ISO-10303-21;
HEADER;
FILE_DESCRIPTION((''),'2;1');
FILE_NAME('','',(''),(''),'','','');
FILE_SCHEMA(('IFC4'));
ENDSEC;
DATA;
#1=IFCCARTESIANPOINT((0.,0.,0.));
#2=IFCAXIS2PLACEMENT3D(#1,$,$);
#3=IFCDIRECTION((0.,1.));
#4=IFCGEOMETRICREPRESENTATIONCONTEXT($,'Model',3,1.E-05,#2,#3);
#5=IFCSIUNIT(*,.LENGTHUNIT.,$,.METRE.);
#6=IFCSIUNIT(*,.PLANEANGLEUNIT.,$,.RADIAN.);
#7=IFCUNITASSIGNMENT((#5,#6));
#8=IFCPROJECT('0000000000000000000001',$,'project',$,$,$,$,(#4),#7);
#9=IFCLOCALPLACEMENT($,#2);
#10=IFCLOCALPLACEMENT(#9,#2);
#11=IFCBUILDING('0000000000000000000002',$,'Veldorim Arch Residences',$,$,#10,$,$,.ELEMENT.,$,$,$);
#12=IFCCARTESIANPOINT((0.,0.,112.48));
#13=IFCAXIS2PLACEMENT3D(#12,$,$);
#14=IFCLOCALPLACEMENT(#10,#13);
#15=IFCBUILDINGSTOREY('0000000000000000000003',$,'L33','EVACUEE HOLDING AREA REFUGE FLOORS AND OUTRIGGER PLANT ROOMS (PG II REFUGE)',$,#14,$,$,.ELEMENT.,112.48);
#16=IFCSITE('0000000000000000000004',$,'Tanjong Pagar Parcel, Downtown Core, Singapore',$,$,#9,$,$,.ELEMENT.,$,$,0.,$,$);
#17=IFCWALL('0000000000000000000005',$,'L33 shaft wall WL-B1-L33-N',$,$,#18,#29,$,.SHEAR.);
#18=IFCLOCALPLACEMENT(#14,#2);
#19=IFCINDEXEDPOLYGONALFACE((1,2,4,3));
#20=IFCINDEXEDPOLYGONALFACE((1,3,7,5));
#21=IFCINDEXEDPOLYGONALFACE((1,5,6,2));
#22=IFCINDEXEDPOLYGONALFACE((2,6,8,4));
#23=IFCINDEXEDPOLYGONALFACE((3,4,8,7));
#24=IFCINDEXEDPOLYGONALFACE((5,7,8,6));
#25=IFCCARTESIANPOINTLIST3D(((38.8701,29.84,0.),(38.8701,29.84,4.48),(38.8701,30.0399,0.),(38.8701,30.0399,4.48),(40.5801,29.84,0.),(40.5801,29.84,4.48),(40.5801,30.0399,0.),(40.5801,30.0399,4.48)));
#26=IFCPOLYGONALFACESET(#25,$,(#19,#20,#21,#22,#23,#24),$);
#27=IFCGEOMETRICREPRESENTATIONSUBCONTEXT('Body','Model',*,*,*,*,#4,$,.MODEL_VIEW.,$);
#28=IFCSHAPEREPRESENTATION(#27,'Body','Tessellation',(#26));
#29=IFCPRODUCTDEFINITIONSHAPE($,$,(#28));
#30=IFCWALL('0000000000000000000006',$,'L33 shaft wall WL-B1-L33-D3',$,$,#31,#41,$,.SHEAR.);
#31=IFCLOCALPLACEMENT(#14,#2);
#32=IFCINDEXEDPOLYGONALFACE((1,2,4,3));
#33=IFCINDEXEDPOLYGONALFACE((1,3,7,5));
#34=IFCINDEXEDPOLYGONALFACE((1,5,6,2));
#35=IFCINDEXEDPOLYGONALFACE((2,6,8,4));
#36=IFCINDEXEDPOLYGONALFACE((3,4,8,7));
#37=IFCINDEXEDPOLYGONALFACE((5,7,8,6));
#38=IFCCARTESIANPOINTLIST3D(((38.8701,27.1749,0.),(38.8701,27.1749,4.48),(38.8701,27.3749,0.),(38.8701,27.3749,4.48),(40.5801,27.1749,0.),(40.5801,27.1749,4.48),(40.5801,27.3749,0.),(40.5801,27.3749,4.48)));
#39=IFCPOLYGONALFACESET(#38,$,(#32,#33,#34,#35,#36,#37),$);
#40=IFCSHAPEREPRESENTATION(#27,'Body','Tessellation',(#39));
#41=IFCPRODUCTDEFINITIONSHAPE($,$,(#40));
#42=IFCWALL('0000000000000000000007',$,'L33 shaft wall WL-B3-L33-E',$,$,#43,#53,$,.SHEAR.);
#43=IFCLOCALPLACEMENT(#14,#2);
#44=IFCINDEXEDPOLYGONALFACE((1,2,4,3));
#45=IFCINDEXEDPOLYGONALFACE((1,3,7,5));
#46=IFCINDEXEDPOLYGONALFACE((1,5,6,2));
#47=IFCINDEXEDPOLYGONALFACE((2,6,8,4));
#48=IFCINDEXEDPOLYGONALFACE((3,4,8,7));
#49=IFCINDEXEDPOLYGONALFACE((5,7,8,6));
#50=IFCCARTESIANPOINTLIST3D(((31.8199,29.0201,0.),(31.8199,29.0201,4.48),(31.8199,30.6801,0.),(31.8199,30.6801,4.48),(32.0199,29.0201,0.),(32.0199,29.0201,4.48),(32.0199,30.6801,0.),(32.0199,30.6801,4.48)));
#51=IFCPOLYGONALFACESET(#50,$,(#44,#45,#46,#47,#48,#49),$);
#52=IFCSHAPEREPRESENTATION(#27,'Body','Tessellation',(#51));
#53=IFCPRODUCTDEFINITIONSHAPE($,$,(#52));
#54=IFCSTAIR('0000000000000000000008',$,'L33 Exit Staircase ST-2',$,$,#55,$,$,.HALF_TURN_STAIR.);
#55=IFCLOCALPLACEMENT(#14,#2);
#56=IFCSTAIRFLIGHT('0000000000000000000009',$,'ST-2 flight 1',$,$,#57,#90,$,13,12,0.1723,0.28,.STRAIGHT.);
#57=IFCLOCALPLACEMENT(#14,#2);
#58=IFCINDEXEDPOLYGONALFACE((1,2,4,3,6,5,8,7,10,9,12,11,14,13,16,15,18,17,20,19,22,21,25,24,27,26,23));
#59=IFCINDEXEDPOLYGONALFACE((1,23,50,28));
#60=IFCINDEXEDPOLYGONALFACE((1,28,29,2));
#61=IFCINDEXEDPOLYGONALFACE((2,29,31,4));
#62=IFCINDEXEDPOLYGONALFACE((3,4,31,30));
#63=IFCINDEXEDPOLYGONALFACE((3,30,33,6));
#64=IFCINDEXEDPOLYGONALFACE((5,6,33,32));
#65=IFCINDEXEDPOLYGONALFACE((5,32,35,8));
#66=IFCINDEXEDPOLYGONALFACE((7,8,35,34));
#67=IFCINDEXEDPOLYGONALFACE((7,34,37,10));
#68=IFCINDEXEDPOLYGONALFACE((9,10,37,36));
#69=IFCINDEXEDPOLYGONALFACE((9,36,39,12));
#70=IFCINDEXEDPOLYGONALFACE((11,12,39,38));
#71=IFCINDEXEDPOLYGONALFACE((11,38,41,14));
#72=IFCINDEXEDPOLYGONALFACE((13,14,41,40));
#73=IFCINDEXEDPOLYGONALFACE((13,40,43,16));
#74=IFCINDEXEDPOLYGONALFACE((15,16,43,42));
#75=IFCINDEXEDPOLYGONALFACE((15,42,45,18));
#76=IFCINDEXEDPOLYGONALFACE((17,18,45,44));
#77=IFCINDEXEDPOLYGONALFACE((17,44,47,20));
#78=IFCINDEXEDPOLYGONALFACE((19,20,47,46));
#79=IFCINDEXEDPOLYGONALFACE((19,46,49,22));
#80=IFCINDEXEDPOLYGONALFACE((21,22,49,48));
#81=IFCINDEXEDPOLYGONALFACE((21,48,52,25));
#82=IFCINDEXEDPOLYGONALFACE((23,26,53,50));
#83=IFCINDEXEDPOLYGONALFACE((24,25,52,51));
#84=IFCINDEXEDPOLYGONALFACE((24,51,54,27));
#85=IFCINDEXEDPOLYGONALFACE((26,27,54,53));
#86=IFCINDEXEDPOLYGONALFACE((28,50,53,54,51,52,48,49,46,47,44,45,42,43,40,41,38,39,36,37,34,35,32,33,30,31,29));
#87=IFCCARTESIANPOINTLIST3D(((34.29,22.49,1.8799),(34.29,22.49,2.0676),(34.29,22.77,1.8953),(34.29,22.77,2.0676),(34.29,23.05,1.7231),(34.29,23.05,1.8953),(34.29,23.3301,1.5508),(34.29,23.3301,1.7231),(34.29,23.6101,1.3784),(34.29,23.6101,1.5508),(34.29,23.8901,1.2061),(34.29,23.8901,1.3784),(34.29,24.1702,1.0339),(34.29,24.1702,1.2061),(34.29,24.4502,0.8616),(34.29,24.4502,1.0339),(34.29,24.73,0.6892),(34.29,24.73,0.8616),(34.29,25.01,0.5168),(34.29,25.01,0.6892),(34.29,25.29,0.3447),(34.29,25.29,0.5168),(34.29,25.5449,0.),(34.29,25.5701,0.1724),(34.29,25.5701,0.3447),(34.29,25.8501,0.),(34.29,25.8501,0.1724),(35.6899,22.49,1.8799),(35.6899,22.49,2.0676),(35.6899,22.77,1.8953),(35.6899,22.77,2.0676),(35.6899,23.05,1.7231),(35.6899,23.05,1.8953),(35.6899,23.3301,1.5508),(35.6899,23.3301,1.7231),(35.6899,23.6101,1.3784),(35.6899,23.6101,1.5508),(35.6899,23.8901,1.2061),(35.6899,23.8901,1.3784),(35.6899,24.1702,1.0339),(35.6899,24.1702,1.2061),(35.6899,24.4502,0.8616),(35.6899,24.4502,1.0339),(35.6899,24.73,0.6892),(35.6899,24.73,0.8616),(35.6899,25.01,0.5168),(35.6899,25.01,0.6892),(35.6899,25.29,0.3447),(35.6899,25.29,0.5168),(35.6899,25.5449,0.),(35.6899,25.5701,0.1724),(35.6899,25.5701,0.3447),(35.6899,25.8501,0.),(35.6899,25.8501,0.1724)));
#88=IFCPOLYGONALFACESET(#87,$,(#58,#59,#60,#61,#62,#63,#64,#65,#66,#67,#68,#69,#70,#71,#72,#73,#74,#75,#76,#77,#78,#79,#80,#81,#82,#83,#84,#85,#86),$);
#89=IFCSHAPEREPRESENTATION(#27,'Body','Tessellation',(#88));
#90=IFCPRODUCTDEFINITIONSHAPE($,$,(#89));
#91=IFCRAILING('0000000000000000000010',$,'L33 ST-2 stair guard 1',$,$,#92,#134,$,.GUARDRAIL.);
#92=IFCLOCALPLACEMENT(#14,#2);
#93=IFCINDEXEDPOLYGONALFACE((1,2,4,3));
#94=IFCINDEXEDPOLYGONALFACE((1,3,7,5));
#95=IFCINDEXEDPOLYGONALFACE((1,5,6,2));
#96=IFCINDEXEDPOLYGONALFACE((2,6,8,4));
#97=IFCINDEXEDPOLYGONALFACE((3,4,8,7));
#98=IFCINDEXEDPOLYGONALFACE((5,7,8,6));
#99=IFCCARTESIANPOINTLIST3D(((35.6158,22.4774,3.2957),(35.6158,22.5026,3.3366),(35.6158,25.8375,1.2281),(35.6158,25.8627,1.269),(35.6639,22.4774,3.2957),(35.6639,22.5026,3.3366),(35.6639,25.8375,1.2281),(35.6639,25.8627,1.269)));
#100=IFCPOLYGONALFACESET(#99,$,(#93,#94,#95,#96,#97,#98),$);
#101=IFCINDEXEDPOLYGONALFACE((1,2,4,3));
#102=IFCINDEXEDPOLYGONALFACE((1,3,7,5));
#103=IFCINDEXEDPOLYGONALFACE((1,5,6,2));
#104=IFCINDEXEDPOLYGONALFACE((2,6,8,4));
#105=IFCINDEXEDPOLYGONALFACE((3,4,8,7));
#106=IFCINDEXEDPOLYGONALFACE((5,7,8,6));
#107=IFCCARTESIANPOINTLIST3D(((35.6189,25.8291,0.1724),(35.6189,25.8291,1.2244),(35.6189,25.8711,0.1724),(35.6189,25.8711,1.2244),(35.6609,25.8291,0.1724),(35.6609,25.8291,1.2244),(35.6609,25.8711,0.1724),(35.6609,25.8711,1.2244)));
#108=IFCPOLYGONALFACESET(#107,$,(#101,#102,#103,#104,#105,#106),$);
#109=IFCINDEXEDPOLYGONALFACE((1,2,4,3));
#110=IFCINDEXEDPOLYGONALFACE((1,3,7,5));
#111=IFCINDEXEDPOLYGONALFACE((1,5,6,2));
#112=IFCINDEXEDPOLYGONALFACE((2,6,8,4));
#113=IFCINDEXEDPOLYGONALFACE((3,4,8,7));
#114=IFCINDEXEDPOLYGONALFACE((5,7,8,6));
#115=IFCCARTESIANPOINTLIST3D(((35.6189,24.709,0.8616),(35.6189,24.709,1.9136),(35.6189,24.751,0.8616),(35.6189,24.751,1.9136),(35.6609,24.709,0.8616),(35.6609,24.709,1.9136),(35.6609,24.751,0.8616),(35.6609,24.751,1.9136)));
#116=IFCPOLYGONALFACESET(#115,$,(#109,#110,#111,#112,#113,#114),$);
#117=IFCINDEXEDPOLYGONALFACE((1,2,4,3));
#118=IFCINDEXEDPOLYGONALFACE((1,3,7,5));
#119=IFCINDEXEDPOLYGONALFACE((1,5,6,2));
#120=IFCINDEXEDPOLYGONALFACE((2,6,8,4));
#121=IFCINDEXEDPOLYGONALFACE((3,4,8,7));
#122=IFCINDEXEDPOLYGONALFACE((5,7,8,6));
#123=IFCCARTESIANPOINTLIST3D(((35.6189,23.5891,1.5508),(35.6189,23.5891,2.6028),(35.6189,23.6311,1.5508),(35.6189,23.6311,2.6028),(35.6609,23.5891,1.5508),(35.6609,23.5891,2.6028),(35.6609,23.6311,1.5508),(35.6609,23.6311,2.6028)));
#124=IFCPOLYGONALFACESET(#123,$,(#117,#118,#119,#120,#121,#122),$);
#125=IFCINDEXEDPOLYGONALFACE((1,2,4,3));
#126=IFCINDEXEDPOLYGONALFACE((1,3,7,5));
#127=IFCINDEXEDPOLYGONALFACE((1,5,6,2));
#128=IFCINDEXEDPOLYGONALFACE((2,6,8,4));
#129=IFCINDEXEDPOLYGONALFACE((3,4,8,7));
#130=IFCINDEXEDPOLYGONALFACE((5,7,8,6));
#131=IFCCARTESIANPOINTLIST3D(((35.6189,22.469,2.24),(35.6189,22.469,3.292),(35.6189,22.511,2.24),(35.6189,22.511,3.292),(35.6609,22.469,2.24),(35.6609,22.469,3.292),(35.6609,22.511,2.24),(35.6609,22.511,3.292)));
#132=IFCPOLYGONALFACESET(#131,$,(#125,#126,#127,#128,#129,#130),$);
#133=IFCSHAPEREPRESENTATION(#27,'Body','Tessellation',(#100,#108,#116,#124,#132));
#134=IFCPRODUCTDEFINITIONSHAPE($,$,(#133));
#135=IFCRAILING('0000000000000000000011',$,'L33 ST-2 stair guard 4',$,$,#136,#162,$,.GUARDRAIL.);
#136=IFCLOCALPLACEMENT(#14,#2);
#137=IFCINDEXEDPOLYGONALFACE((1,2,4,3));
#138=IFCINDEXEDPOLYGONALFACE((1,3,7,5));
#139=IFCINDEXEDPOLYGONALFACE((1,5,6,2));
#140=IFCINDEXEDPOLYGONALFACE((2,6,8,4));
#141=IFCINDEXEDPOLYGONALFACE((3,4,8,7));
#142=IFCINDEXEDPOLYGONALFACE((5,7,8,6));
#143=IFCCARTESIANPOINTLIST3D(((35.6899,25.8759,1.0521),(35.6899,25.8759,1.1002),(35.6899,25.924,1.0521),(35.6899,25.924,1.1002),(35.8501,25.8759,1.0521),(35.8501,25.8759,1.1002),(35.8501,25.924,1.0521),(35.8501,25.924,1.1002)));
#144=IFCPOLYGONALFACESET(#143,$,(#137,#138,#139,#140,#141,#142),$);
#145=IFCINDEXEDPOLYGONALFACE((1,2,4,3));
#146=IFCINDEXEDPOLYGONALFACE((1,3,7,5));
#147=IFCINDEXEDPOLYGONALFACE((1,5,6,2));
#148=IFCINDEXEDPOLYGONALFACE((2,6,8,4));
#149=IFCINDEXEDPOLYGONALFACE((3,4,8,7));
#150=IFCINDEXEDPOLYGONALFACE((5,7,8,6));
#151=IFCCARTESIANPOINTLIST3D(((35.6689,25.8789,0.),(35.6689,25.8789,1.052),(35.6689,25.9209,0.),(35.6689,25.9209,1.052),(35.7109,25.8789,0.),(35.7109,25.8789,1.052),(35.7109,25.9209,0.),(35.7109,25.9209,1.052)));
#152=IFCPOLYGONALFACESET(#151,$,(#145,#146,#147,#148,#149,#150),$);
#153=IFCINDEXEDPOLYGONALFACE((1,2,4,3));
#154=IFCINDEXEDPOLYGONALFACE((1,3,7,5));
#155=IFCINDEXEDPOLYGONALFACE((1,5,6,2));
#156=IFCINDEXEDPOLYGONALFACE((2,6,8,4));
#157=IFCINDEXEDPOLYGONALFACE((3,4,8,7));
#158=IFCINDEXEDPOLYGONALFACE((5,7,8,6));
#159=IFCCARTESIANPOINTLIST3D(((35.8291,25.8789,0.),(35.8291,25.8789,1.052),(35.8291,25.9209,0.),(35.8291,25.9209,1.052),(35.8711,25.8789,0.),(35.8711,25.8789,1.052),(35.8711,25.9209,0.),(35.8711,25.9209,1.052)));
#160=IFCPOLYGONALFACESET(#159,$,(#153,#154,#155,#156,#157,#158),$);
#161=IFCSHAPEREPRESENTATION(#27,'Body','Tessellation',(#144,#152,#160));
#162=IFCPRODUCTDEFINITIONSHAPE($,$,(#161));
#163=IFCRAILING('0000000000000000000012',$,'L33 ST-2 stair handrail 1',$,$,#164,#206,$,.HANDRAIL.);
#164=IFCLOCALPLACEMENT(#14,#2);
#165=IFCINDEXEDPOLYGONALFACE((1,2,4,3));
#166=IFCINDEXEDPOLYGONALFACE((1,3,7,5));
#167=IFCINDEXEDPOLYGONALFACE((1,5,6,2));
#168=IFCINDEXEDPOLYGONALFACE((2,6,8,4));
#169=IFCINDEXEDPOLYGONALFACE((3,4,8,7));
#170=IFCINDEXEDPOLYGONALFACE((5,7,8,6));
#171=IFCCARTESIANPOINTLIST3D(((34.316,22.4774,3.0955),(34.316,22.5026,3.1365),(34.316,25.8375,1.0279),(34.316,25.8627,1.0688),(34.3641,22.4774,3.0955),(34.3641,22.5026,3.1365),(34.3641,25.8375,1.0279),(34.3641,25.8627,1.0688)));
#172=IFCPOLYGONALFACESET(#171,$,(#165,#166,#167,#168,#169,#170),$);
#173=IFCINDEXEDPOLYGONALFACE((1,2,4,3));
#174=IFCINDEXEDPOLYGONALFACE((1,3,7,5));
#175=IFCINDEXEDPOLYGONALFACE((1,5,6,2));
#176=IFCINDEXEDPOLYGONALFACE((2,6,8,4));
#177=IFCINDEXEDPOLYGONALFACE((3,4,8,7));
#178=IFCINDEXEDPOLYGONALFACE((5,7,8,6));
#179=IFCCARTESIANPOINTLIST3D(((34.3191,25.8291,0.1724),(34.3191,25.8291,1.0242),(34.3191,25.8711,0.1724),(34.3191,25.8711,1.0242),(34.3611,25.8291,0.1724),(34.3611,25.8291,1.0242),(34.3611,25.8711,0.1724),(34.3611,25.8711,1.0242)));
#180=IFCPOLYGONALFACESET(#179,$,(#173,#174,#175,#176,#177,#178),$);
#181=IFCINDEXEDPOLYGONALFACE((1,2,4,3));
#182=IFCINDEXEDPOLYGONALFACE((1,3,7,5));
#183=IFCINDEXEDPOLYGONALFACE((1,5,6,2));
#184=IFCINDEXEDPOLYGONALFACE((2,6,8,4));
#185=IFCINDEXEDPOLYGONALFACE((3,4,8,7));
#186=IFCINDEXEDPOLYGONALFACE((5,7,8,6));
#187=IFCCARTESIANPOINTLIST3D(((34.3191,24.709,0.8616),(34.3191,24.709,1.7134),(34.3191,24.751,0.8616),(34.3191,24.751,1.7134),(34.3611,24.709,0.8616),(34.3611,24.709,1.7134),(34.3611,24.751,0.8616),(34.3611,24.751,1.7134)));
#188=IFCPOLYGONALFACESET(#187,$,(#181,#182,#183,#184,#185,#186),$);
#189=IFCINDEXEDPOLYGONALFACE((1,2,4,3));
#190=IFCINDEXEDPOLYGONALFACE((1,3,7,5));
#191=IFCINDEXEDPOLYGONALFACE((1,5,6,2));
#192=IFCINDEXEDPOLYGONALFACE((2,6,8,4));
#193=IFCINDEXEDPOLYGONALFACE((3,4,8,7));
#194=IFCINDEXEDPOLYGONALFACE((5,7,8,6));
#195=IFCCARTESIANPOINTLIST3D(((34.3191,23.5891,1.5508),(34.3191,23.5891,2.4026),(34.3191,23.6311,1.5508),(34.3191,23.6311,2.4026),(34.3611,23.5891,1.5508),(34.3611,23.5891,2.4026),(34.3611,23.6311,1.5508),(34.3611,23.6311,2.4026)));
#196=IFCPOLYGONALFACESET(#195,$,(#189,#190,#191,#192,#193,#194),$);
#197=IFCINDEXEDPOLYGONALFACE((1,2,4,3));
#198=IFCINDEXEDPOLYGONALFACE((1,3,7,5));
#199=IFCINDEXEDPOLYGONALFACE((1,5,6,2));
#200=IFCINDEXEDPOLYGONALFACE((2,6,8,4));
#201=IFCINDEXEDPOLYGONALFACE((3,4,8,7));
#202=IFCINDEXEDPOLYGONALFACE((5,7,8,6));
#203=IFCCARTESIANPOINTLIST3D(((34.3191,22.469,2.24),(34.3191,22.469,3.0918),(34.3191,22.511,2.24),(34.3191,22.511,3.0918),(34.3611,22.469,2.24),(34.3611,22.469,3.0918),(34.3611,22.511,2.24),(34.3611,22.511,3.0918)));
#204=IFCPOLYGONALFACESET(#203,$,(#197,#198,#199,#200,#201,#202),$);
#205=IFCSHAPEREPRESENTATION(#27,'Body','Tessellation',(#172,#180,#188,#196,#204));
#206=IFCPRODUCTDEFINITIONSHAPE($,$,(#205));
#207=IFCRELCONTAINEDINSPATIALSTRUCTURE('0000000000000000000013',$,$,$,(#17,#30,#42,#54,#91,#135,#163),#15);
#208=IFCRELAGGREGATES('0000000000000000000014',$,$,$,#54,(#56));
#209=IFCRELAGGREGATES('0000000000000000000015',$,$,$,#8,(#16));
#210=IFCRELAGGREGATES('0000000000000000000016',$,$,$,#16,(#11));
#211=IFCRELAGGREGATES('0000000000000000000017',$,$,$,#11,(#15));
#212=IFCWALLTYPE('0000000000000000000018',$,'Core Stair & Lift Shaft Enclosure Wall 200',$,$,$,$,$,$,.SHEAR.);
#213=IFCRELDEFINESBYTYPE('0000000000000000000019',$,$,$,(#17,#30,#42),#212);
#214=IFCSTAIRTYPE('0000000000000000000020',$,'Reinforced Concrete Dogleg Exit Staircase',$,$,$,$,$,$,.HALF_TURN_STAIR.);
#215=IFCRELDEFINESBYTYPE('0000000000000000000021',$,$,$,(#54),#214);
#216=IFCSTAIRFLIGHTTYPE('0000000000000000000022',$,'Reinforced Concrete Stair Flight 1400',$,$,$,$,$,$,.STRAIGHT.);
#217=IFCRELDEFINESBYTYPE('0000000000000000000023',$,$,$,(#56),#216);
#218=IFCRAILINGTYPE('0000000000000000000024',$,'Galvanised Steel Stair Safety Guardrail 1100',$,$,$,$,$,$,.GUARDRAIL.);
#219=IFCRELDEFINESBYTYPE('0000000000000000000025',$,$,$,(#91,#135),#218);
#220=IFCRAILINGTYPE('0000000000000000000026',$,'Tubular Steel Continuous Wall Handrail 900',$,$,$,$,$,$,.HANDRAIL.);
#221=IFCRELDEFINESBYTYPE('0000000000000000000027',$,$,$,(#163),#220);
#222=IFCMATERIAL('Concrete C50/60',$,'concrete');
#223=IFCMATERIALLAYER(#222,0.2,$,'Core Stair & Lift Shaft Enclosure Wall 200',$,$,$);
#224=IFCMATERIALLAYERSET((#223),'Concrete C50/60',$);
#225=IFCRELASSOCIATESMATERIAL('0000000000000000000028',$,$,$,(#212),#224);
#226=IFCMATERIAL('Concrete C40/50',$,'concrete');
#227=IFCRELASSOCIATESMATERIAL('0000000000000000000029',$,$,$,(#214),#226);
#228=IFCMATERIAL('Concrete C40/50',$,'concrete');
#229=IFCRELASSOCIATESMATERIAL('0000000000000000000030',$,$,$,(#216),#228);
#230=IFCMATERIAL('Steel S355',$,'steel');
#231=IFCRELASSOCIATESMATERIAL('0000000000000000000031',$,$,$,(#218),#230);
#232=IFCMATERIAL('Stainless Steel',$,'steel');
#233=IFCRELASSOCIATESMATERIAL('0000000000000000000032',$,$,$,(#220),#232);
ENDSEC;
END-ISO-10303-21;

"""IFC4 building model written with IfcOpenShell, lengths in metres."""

from ifc_helpers import new_model, si_unit, direction, frame, frame_2d, origin, origin_2d, place, context, subcontext, project, spatial, polyline, rectangle, outline, extrude, material, layer, layer_set, type_object, element, aggregate, save


model = new_model("IFC4")

# Units and contexts
model_context = context("Model", 3, precision=1e-05, world=origin(), true_north=direction((0.0, 1.0)))
body_context = subcontext(model_context, "Body", "Model", "MODEL_VIEW")
ifc_project = project(units=[si_unit("LENGTHUNIT", "METRE"), si_unit("PLANEANGLEUNIT", "RADIAN")], contexts=[model_context])

# Site, building, storey
site_placement = place(None, origin())
site = spatial("IfcSite", under=ifc_project, at=site_placement, Name="Tanjong Pagar Parcel, Downtown Core, Singapore", CompositionType="ELEMENT", RefElevation=0.0)
building_placement = place(site_placement, origin())
building = spatial("IfcBuilding", under=site, at=building_placement, Name="Veldorim Arch Residences", CompositionType="ELEMENT")
storey_placement = place(building_placement, frame((0.0, 0.0, 112.48)))
storey = spatial("IfcBuildingStorey", under=building, at=storey_placement, Name="L33", Description="EVACUEE HOLDING AREA REFUGE FLOORS AND OUTRIGGER PLANT ROOMS (PG II REFUGE)", CompositionType="ELEMENT", Elevation=112.48)

# Shared definitions
ifc_material_1 = material(Name="Concrete C50/60", Category="concrete")
ifc_layer = layer(ifc_material_1, 0.2, Name="Core Stair & Lift Shaft Enclosure Wall 200")
ifc_layer_set = layer_set([ifc_layer], Name="Concrete C50/60")
wall_type = type_object("IfcWallType", Name="Core Stair & Lift Shaft Enclosure Wall 200", PredefinedType="SHEAR", material=ifc_layer_set)

# Walls
for number, where, z_axis, x_axis, name in (
    (1, (38.8701, 29.9399, 0.0), (0.0, 0.0, 1.0), (1.0, 0.0, 0.0), "L33 shaft wall WL-B1-L33-N"),
    (2, (38.8701, 27.2749, 0.0), (0.0, 0.0, 1.0), (1.0, 0.0, 0.0), "L33 shaft wall WL-B1-L33-D3"),
):
    element("IfcWall", number, at=place(storey_placement, frame(where, z_axis=z_axis, x_axis=x_axis)), inside=storey, type_object=wall_type, Name=name, PredefinedType="SHEAR", context=body_context, shape_type="SweptSolid", body=[
        extrude(rectangle(XDim=1.71, YDim=0.2, at=frame_2d((0.855, 0.0))), origin(), (0.0, 0.0, 1.0), 4.48),
    ])
wall_1_placement = place(storey_placement, frame((31.9199, 29.02, 0.0), z_axis=(0.0, 0.0, 1.0), x_axis=(0.0, 1.0, 0.0)))
element("IfcWall", 3, at=wall_1_placement, inside=storey, type_object=wall_type, Name="L33 shaft wall WL-B3-L33-E", PredefinedType="SHEAR", context=body_context, shape_type="SweptSolid", body=[
    extrude(rectangle(XDim=1.6599, YDim=0.2, at=frame_2d((0.8301, 0.0))), origin(), (0.0, 0.0, 1.0), 4.48),
])

# Stair, stair flight
ifc_material_2 = material(Name="Concrete C40/50", Category="concrete")
stair_type = type_object("IfcStairType", Name="Reinforced Concrete Dogleg Exit Staircase", PredefinedType="HALF_TURN_STAIR", material=ifc_material_2)
stair_placement = place(storey_placement, origin())
stair = element("IfcStair", 4, at=stair_placement, inside=storey, type_object=stair_type, Name="L33 Exit Staircase ST-2", PredefinedType="HALF_TURN_STAIR")
ifc_material_3 = material(Name="Concrete C40/50", Category="concrete")
stair_flight_type = type_object("IfcStairFlightType", Name="Reinforced Concrete Stair Flight 1400", PredefinedType="STRAIGHT", material=ifc_material_3)
stair_flight_placement = place(storey_placement, frame((34.99, 25.8501, 0.0), z_axis=(0.0, 0.0, 1.0), x_axis=(0.0, -1.0, 0.0)))
stair_flight = element("IfcStairFlight", 5, at=stair_flight_placement, type_object=stair_flight_type, Name="ST-2 flight 1", NumberOfRisers=13, NumberOfTreads=12, PredefinedType="STRAIGHT", RiserHeight=0.1723, TreadLength=0.28, context=body_context, shape_type="SweptSolid", body=[
    extrude(outline(polyline([(0.0, 0.0), (0.0, 0.1724), (0.28, 0.1724), (0.28, 0.3447), (0.5601, 0.3447), (0.5601, 0.5168), (0.8401, 0.5168), (0.8401, 0.6892), (1.1201, 0.6892), (1.1201, 0.8616), (1.3999, 0.8616), (1.3999, 1.0339), (1.6799, 1.0339), (1.6799, 1.2061), (1.96, 1.2061), (1.96, 1.3784), (2.24, 1.3784), (2.24, 1.5508), (2.52, 1.5508), (2.52, 1.7231), (2.8, 1.7231), (2.8, 1.8953), (3.0801, 1.8953), (3.0801, 2.0676), (3.3601, 2.0676), (3.3601, 2.24), (3.3601, 1.8799), (0.3052, 0.0), (0.0, 0.0)])), frame((0.0, 0.7, 0.0), z_axis=(0.0, -1.0, 0.0), x_axis=(1.0, 0.0, 0.0)), (0.0, 0.0, 1.0), 1.3999),
])
aggregate(stair, [stair_flight])

# Railings
ifc_material_4 = material(Name="Steel S355", Category="steel")
railing_type_1 = type_object("IfcRailingType", Name="Galvanised Steel Stair Safety Guardrail 1100", PredefinedType="GUARDRAIL", material=ifc_material_4)
railing_1_placement = place(storey_placement, frame((35.6399, 25.8501, 0.1724)))
element("IfcRailing", 6, at=railing_1_placement, inside=storey, type_object=railing_type_1, Name="L33 ST-2 stair guard 1", PredefinedType="GUARDRAIL", context=body_context, shape_type="SweptSolid", body=[
    extrude(rectangle(XDim=0.0481, YDim=0.0481, at=origin_2d()), frame((0.0, 0.0, 1.0762), z_axis=(0.0, -0.851673, 0.524073), x_axis=(1.0, 0.0, 0.0)), (0.0, 0.0, 1.0), 3.9453),
    extrude(rectangle(XDim=0.042, YDim=0.042, at=origin_2d()), origin(), (0.0, 0.0, 1.0), 1.052),
    extrude(rectangle(XDim=0.042, YDim=0.042, at=origin_2d()), frame((0.0, -1.1201, 0.6892)), (0.0, 0.0, 1.0), 1.052),
    extrude(rectangle(XDim=0.042, YDim=0.042, at=origin_2d()), frame((0.0, -2.24, 1.3784)), (0.0, 0.0, 1.0), 1.052),
    extrude(rectangle(XDim=0.042, YDim=0.042, at=origin_2d()), frame((0.0, -3.3601, 2.0676)), (0.0, 0.0, 1.0), 1.052),
])
railing_2_placement = place(storey_placement, frame((35.6899, 25.8999, 0.0)))
element("IfcRailing", 7, at=railing_2_placement, inside=storey, type_object=railing_type_1, Name="L33 ST-2 stair guard 4", PredefinedType="GUARDRAIL", context=body_context, shape_type="SweptSolid", body=[
    extrude(rectangle(XDim=0.0481, YDim=0.0481, at=origin_2d()), frame((0.0, 0.0, 1.0762), z_axis=(1.0, 0.0, 0.0), x_axis=(0.0, 1.0, 0.0)), (0.0, 0.0, 1.0), 0.1602),
    extrude(rectangle(XDim=0.042, YDim=0.042, at=origin_2d()), origin(), (0.0, 0.0, 1.0), 1.052),
    extrude(rectangle(XDim=0.042, YDim=0.042, at=origin_2d()), frame((0.1602, 0.0, 0.0)), (0.0, 0.0, 1.0), 1.052),
])
ifc_material_5 = material(Name="Stainless Steel", Category="steel")
railing_type_2 = type_object("IfcRailingType", Name="Tubular Steel Continuous Wall Handrail 900", PredefinedType="HANDRAIL", material=ifc_material_5)
railing_3_placement = place(storey_placement, frame((34.3401, 25.8501, 0.1724)))
element("IfcRailing", 8, at=railing_3_placement, inside=storey, type_object=railing_type_2, Name="L33 ST-2 stair handrail 1", PredefinedType="HANDRAIL", context=body_context, shape_type="SweptSolid", body=[
    extrude(rectangle(XDim=0.0481, YDim=0.0481, at=origin_2d()), frame((0.0, 0.0, 0.876), z_axis=(0.0, -0.851673, 0.524073), x_axis=(1.0, 0.0, 0.0)), (0.0, 0.0, 1.0), 3.9453),
    extrude(rectangle(XDim=0.042, YDim=0.042, at=origin_2d()), origin(), (0.0, 0.0, 1.0), 0.8518),
    extrude(rectangle(XDim=0.042, YDim=0.042, at=origin_2d()), frame((0.0, -1.1201, 0.6892)), (0.0, 0.0, 1.0), 0.8518),
    extrude(rectangle(XDim=0.042, YDim=0.042, at=origin_2d()), frame((0.0, -2.24, 1.3784)), (0.0, 0.0, 1.0), 0.8518),
    extrude(rectangle(XDim=0.042, YDim=0.042, at=origin_2d()), frame((0.0, -3.3601, 2.0676)), (0.0, 0.0, 1.0), 0.8518),
])

save(model, "model.ifc")
